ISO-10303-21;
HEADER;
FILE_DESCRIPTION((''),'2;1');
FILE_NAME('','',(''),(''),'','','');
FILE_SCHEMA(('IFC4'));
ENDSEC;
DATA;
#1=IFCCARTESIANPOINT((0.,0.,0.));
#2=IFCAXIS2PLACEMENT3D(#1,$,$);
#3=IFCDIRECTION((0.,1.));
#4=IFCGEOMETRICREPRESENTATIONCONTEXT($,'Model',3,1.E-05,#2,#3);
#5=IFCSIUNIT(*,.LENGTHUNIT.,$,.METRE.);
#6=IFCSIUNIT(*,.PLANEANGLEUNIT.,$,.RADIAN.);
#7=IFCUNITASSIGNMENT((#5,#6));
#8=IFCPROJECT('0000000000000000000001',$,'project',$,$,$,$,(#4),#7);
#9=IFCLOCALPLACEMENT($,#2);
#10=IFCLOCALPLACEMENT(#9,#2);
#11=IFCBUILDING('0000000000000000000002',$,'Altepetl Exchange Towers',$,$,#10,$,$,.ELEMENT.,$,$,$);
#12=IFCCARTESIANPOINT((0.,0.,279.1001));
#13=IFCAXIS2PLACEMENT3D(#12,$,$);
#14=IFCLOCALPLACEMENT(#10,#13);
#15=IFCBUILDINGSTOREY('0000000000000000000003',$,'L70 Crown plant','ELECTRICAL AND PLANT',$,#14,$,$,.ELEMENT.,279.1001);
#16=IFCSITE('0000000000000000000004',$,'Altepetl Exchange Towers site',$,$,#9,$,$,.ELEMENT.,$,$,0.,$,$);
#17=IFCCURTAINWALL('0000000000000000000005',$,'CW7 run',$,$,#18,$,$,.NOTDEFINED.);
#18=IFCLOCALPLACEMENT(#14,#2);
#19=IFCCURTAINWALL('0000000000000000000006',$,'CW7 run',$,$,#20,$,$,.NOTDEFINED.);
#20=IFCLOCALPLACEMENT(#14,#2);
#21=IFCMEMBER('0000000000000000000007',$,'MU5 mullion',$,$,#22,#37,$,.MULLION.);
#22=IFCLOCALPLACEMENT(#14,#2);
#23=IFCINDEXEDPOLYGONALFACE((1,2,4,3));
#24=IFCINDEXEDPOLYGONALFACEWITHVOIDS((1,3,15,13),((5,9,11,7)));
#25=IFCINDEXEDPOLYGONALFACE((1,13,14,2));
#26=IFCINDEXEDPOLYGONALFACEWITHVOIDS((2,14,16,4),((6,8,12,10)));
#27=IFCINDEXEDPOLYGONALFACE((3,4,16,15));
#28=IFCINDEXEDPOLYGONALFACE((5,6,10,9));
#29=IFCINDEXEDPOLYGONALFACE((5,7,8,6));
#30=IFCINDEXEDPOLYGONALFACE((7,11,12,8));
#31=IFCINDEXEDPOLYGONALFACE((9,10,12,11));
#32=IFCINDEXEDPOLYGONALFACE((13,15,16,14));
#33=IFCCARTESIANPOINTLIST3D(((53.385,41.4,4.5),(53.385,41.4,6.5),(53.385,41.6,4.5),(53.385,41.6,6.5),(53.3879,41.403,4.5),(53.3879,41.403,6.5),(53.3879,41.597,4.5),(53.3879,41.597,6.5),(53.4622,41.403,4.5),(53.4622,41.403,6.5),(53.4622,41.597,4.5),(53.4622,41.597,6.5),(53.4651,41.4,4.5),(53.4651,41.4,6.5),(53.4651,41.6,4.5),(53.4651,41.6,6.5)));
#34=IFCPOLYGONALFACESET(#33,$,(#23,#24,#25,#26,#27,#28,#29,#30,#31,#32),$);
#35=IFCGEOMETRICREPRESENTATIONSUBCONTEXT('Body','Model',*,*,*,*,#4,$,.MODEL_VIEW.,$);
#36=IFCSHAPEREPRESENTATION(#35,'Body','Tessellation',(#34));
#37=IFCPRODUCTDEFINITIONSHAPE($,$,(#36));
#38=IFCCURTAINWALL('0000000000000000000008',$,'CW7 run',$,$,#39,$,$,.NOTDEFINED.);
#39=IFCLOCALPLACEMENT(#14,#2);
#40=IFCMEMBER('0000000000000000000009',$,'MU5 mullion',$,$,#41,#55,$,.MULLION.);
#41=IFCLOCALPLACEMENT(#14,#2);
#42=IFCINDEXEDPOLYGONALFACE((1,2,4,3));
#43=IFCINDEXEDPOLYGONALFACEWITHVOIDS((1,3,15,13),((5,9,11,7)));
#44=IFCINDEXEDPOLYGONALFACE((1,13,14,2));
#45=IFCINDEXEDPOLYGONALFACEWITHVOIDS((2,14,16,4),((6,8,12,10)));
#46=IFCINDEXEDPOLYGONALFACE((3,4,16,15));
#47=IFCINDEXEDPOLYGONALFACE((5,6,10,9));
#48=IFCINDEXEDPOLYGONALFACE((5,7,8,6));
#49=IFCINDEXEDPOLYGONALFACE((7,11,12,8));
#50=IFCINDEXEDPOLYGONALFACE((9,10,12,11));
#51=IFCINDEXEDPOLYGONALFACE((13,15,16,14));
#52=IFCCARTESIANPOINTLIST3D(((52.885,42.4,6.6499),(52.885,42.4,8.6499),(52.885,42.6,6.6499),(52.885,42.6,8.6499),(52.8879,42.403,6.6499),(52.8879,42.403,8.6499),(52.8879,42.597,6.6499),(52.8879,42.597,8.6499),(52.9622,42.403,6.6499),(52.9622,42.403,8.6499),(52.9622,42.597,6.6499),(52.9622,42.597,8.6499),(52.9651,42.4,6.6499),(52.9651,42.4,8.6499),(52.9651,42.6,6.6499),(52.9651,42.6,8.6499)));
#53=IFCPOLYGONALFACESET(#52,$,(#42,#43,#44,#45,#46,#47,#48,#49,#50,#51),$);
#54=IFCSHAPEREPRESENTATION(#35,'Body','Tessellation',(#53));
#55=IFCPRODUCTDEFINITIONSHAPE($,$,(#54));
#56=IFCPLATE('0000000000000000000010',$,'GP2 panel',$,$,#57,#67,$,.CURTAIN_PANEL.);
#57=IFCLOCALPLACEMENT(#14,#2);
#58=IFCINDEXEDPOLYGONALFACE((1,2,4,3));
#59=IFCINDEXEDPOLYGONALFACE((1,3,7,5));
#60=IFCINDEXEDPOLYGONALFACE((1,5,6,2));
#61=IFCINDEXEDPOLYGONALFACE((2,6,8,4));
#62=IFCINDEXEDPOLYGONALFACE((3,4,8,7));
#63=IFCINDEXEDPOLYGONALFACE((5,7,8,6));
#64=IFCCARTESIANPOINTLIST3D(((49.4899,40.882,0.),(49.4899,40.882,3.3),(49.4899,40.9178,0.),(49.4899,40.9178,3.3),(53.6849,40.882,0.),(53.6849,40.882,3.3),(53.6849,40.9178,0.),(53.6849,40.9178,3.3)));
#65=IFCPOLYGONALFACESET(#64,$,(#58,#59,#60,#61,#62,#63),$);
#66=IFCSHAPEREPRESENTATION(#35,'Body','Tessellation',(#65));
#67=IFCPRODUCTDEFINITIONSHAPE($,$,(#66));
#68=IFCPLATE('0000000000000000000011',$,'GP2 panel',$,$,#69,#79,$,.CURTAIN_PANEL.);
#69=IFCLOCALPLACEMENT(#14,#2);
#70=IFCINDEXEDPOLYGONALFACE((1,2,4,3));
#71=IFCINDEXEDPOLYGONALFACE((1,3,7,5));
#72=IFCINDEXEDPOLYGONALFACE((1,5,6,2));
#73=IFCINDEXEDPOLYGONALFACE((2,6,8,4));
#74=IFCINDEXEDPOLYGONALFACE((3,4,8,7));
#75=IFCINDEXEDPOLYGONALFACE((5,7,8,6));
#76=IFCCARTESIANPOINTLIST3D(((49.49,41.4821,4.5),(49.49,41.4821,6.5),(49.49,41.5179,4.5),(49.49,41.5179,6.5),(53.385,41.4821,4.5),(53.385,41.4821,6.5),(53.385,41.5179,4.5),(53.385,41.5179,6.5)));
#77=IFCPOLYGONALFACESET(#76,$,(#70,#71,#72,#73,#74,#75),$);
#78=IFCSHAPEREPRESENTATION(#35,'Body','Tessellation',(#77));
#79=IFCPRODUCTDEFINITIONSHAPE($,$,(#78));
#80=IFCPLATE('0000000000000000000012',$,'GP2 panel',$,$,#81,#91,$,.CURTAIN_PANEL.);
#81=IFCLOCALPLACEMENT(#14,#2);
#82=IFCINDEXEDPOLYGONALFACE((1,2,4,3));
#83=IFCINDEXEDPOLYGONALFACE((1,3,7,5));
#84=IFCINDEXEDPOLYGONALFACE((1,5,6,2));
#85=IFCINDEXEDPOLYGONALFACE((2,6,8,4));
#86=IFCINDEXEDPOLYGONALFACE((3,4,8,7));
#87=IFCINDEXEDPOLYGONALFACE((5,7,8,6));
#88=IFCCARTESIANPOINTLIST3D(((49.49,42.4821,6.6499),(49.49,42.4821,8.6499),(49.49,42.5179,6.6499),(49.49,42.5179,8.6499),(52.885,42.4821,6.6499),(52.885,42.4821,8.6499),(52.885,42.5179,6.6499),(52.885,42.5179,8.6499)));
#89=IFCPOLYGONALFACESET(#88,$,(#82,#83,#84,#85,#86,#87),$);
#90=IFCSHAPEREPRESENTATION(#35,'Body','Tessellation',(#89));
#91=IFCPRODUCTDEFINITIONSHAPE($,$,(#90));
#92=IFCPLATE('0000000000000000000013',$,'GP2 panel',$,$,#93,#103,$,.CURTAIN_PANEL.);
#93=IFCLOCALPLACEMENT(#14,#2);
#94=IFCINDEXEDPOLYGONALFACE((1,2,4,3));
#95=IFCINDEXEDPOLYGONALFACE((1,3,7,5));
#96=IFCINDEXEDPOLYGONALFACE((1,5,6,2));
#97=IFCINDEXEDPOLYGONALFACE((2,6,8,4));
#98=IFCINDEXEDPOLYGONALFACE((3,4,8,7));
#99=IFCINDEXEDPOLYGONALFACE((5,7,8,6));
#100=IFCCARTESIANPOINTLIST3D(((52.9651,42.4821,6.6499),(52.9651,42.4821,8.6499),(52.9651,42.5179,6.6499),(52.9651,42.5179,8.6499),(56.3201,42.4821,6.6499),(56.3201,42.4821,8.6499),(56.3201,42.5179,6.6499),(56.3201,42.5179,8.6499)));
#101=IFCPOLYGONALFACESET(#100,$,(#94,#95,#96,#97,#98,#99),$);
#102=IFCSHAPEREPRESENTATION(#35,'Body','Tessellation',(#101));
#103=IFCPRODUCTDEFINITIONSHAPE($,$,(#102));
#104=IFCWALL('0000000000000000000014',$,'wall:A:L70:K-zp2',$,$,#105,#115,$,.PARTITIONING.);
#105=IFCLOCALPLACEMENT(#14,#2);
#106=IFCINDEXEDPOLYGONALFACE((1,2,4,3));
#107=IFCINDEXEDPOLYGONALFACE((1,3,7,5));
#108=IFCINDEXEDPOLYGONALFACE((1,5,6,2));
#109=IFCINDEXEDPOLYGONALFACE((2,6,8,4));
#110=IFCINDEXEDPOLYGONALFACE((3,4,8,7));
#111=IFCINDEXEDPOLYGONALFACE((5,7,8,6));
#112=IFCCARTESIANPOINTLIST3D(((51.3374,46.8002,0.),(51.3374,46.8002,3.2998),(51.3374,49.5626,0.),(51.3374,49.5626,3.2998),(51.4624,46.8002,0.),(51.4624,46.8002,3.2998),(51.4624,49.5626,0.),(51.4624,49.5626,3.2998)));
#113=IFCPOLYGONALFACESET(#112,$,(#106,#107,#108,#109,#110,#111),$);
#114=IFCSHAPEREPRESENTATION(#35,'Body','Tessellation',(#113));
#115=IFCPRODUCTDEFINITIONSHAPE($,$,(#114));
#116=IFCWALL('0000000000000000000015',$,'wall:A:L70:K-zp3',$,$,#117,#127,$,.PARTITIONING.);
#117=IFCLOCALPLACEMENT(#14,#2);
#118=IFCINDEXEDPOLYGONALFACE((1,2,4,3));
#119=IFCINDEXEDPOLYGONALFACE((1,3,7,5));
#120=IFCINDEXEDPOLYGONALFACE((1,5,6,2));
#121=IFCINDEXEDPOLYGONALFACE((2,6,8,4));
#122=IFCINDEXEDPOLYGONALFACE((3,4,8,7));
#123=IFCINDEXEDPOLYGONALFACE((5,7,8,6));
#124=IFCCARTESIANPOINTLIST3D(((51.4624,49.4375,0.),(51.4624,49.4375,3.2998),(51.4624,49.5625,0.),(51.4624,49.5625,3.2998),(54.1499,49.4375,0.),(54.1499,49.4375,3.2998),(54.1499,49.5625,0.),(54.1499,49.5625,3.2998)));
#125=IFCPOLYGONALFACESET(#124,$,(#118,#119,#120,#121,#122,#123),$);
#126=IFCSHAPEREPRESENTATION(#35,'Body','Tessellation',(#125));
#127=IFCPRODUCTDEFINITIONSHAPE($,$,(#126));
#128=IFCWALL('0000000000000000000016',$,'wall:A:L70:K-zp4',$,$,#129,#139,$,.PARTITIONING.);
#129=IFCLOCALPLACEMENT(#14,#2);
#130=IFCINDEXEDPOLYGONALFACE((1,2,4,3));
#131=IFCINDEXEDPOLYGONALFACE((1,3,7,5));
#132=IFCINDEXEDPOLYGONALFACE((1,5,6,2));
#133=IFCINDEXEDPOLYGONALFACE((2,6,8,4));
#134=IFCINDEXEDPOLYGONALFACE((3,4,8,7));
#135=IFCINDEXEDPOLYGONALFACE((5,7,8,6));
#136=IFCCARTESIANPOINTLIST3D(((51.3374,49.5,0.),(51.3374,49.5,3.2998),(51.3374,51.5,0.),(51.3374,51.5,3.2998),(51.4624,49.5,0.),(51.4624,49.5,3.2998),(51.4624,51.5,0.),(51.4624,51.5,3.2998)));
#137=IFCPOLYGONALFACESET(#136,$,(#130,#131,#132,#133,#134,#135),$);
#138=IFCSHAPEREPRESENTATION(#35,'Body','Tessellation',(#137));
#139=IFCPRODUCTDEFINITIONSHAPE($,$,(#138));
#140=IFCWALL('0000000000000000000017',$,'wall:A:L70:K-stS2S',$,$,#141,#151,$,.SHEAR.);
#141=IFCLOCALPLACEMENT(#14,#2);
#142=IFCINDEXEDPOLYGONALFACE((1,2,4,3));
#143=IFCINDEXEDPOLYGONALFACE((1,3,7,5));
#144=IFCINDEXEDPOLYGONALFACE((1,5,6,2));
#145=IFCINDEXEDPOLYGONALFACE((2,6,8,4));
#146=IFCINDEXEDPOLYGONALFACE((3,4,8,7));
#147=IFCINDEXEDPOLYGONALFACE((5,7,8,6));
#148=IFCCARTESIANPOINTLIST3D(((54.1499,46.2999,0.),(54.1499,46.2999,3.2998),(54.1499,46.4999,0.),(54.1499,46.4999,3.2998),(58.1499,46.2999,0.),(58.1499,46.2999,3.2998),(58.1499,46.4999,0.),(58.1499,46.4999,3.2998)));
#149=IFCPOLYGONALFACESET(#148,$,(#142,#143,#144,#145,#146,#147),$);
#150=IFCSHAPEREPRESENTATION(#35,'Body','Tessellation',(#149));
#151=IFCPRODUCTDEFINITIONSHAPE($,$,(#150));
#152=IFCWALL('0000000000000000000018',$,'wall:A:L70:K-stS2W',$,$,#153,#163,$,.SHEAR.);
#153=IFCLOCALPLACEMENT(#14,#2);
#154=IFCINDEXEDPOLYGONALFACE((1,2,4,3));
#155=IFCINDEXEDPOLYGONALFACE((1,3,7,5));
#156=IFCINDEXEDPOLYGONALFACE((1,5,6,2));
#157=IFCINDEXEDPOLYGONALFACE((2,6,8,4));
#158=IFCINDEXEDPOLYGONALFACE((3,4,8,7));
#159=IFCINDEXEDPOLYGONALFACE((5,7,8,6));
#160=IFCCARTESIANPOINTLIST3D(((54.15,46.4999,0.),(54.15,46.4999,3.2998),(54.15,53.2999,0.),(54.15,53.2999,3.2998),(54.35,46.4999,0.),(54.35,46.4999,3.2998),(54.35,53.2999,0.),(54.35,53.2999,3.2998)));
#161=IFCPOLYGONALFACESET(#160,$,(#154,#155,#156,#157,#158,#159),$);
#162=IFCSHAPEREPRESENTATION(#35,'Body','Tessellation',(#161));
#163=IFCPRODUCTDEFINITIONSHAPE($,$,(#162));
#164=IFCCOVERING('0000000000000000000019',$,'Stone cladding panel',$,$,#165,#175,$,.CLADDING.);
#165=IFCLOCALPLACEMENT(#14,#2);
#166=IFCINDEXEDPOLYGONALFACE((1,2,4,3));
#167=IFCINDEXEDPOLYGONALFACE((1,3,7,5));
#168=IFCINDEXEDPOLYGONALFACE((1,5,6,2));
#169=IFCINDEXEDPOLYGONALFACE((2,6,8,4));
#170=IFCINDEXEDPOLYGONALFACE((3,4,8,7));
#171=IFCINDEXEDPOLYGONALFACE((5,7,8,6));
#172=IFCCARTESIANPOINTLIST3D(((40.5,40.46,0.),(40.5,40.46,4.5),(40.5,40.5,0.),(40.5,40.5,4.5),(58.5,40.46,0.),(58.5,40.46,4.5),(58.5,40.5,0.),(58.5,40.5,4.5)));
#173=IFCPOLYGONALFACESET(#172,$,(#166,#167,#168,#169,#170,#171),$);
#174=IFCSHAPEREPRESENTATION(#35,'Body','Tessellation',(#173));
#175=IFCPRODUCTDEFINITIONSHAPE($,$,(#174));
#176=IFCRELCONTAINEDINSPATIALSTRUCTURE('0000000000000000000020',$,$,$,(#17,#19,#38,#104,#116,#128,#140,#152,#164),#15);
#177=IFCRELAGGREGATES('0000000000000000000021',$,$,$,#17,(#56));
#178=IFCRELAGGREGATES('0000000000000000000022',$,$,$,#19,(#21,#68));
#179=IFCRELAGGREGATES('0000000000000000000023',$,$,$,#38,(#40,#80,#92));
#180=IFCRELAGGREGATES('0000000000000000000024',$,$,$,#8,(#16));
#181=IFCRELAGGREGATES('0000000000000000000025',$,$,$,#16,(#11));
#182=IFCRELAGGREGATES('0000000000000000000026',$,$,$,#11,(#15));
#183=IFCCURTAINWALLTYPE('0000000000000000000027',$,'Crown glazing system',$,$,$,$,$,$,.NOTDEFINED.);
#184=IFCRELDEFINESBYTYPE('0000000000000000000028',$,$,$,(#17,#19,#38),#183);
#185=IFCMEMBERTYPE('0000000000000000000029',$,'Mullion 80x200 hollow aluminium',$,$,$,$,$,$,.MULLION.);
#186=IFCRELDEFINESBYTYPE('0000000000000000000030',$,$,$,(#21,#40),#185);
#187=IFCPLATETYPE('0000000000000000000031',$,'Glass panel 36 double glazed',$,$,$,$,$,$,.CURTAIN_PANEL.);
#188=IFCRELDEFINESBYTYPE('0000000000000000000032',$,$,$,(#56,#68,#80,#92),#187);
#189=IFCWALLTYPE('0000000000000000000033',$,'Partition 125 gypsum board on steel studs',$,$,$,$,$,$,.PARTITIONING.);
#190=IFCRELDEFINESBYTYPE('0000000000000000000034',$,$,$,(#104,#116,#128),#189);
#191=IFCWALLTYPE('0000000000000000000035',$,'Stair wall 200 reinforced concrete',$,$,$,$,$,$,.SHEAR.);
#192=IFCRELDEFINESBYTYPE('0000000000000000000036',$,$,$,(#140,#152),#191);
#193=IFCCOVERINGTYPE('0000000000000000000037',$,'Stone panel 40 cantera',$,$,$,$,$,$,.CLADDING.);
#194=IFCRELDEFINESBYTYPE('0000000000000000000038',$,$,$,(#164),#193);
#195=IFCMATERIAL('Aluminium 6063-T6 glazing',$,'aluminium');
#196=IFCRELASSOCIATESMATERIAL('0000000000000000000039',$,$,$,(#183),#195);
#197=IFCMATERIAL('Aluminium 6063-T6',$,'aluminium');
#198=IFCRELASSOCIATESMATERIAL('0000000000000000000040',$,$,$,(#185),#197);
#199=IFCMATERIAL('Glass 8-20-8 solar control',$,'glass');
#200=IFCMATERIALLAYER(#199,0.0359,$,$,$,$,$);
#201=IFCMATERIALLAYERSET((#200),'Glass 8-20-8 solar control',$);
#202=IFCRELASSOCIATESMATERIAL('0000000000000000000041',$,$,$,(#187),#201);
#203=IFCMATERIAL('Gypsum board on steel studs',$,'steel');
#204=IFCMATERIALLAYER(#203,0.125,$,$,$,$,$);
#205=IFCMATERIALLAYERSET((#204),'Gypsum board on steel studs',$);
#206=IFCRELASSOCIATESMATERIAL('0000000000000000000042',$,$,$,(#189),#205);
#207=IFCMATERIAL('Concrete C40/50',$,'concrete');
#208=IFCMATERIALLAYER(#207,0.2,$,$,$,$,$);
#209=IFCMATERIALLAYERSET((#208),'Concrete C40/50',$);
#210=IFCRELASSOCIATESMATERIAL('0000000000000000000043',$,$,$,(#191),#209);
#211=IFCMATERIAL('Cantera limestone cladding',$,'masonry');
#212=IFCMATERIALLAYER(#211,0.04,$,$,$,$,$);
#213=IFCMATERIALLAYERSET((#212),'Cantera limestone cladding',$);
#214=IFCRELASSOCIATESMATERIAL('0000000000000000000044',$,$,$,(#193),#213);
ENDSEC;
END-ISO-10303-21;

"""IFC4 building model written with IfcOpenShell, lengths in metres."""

from ifc_helpers import new_model, si_unit, direction, frame, frame_2d, origin, origin_2d, place, context, subcontext, project, spatial, rectangle, hollow_rectangle, extrude, material, layer, layer_set, material_profile, profile_set, type_object, element, aggregate, save


model = new_model("IFC4")

# Units and contexts
model_context = context("Model", 3, precision=1e-05, world=origin(), true_north=direction((0.0, 1.0)))
body_context = subcontext(model_context, "Body", "Model", "MODEL_VIEW")
ifc_project = project(units=[si_unit("LENGTHUNIT", "METRE"), si_unit("PLANEANGLEUNIT", "RADIAN")], contexts=[model_context])

# Site, building, storey
site_placement = place(None, origin())
site = spatial("IfcSite", under=ifc_project, at=site_placement, Name="Altepetl Exchange Towers site", CompositionType="ELEMENT", RefElevation=0.0)
building_placement = place(site_placement, origin())
building = spatial("IfcBuilding", under=site, at=building_placement, Name="Altepetl Exchange Towers", CompositionType="ELEMENT")
storey_placement = place(building_placement, frame((0.0, 0.0, 279.1001)))
storey = spatial("IfcBuildingStorey", under=building, at=storey_placement, Name="L70 Crown plant", Description="ELECTRICAL AND PLANT", CompositionType="ELEMENT", Elevation=279.1001)

# Curtain walls, members
ifc_material_1 = material(Name="Aluminium 6063-T6 glazing", Category="aluminium")
curtain_wall_type = type_object("IfcCurtainWallType", Name="Crown glazing system", PredefinedType="NOTDEFINED", material=ifc_material_1)
curtain_wall_1_placement = place(storey_placement, origin())
curtain_wall_1 = element("IfcCurtainWall", 1, at=curtain_wall_1_placement, inside=storey, type_object=curtain_wall_type, Name="CW7 run", PredefinedType="NOTDEFINED")
ifc_material_2 = material(Name="Aluminium 6063-T6", Category="aluminium")
ifc_material_profile_1 = material_profile(ifc_material_2, hollow_rectangle(XDim=0.0801, YDim=0.2, WallThickness=0.0029, at=origin_2d()), Name="Mullion 80x200 hollow aluminium")
ifc_profile_set_1 = profile_set([ifc_material_profile_1], Name="Aluminium 6063-T6")
member_type = type_object("IfcMemberType", Name="Mullion 80x200 hollow aluminium", PredefinedType="MULLION", material=ifc_profile_set_1)
curtain_wall_2_placement = place(storey_placement, origin())
curtain_wall_2 = element("IfcCurtainWall", 2, at=curtain_wall_2_placement, inside=storey, type_object=curtain_wall_type, Name="CW7 run", PredefinedType="NOTDEFINED")
member_1_placement = place(storey_placement, frame((53.425, 41.5, 4.5)))
member_1 = element("IfcMember", 3, at=member_1_placement, type_object=member_type, Name="MU5 mullion", PredefinedType="MULLION", context=body_context, shape_type="SweptSolid", body=[
    extrude(hollow_rectangle(XDim=0.0801, YDim=0.2, WallThickness=0.0029, at=origin_2d()), origin(), (0.0, 0.0, 1.0), 2.0),
])
curtain_wall_3_placement = place(storey_placement, origin())
curtain_wall_3 = element("IfcCurtainWall", 4, at=curtain_wall_3_placement, inside=storey, type_object=curtain_wall_type, Name="CW7 run", PredefinedType="NOTDEFINED")
member_2_placement = place(storey_placement, frame((52.925, 42.5, 6.6499)))
member_2 = element("IfcMember", 5, at=member_2_placement, type_object=member_type, Name="MU5 mullion", PredefinedType="MULLION", context=body_context, shape_type="SweptSolid", body=[
    extrude(hollow_rectangle(XDim=0.0801, YDim=0.2, WallThickness=0.0029, at=origin_2d()), origin(), (0.0, 0.0, 1.0), 2.0),
])

# Plates
ifc_material_3 = material(Name="Glass 8-20-8 solar control", Category="glass")
ifc_layer_1 = layer(ifc_material_3, 0.0359)
ifc_layer_set_1 = layer_set([ifc_layer_1], Name="Glass 8-20-8 solar control")
plate_type = type_object("IfcPlateType", Name="Glass panel 36 double glazed", PredefinedType="CURTAIN_PANEL", material=ifc_layer_set_1)
plate_1_placement = place(storey_placement, frame((51.5874, 40.8999, 0.0)))
plate_1 = element("IfcPlate", 6, at=plate_1_placement, type_object=plate_type, Name="GP2 panel", PredefinedType="CURTAIN_PANEL", context=body_context, shape_type="SweptSolid", body=[
    extrude(rectangle(XDim=4.1951, YDim=0.0359, at=origin_2d()), origin(), (0.0, 0.0, 1.0), 3.3),
])
aggregate(curtain_wall_1, [plate_1])
plate_2_placement = place(storey_placement, frame((51.4375, 41.5, 4.5)))
plate_2 = element("IfcPlate", 7, at=plate_2_placement, type_object=plate_type, Name="GP2 panel", PredefinedType="CURTAIN_PANEL", context=body_context, shape_type="SweptSolid", body=[
    extrude(rectangle(XDim=3.895, YDim=0.0359, at=origin_2d()), origin(), (0.0, 0.0, 1.0), 2.0),
])
aggregate(curtain_wall_2, [member_1, plate_2])
plate_3_placement = place(storey_placement, frame((51.1875, 42.5, 6.6499)))
plate_3 = element("IfcPlate", 8, at=plate_3_placement, type_object=plate_type, Name="GP2 panel", PredefinedType="CURTAIN_PANEL", context=body_context, shape_type="SweptSolid", body=[
    extrude(rectangle(XDim=3.395, YDim=0.0359, at=origin_2d()), origin(), (0.0, 0.0, 1.0), 2.0),
])
plate_4_placement = place(storey_placement, frame((54.6426, 42.5, 6.6499)))
plate_4 = element("IfcPlate", 9, at=plate_4_placement, type_object=plate_type, Name="GP2 panel", PredefinedType="CURTAIN_PANEL", context=body_context, shape_type="SweptSolid", body=[
    extrude(rectangle(XDim=3.355, YDim=0.0359, at=origin_2d()), origin(), (0.0, 0.0, 1.0), 2.0),
])
aggregate(curtain_wall_3, [member_2, plate_3, plate_4])

# Walls
ifc_material_4 = material(Name="Gypsum board on steel studs", Category="steel")
ifc_layer_2 = layer(ifc_material_4, 0.125)
ifc_layer_set_2 = layer_set([ifc_layer_2], Name="Gypsum board on steel studs")
wall_type_1 = type_object("IfcWallType", Name="Partition 125 gypsum board on steel studs", PredefinedType="PARTITIONING", material=ifc_layer_set_2)
wall_1_placement = place(storey_placement, frame((51.3999, 46.8, 0.0), z_axis=(0.0, 0.0, 1.0), x_axis=(0.0, 1.0, 0.0)))
element("IfcWall", 10, at=wall_1_placement, inside=storey, type_object=wall_type_1, Name="wall:A:L70:K-zp2", PredefinedType="PARTITIONING", context=body_context, shape_type="SweptSolid", body=[
    extrude(rectangle(XDim=2.7625, YDim=0.125, at=frame_2d((1.3813, 0.0))), origin(), (0.0, 0.0, 1.0), 3.2998),
])
wall_2_placement = place(storey_placement, frame((54.1499, 49.5, 0.0), z_axis=(0.0, 0.0, 1.0), x_axis=(-1.0, 0.0, 0.0)))
element("IfcWall", 11, at=wall_2_placement, inside=storey, type_object=wall_type_1, Name="wall:A:L70:K-zp3", PredefinedType="PARTITIONING", context=body_context, shape_type="SweptSolid", body=[
    extrude(rectangle(XDim=2.6875, YDim=0.125, at=frame_2d((1.3438, 0.0))), origin(), (0.0, 0.0, 1.0), 3.2998),
])
wall_3_placement = place(storey_placement, frame((51.3999, 49.5, 0.0), z_axis=(0.0, 0.0, 1.0), x_axis=(0.0, 1.0, 0.0)))
element("IfcWall", 12, at=wall_3_placement, inside=storey, type_object=wall_type_1, Name="wall:A:L70:K-zp4", PredefinedType="PARTITIONING", context=body_context, shape_type="SweptSolid", body=[
    extrude(rectangle(XDim=2.0, YDim=0.125, at=frame_2d((1.0, 0.0))), origin(), (0.0, 0.0, 1.0), 3.2998),
])
ifc_material_5 = material(Name="Concrete C40/50", Category="concrete")
ifc_layer_3 = layer(ifc_material_5, 0.2)
ifc_layer_set_3 = layer_set([ifc_layer_3], Name="Concrete C40/50")
wall_type_2 = type_object("IfcWallType", Name="Stair wall 200 reinforced concrete", PredefinedType="SHEAR", material=ifc_layer_set_3)
wall_4_placement = place(storey_placement, frame((54.1499, 46.3999, 0.0)))
element("IfcWall", 13, at=wall_4_placement, inside=storey, type_object=wall_type_2, Name="wall:A:L70:K-stS2S", PredefinedType="SHEAR", context=body_context, shape_type="SweptSolid", body=[
    extrude(rectangle(XDim=4.0, YDim=0.2, at=frame_2d((2.0, 0.0))), origin(), (0.0, 0.0, 1.0), 3.2998),
])
wall_5_placement = place(storey_placement, frame((54.25, 46.5, 0.0), z_axis=(0.0, 0.0, 1.0), x_axis=(0.0, 1.0, 0.0)))
element("IfcWall", 14, at=wall_5_placement, inside=storey, type_object=wall_type_2, Name="wall:A:L70:K-stS2W", PredefinedType="SHEAR", context=body_context, shape_type="SweptSolid", body=[
    extrude(rectangle(XDim=6.8, YDim=0.2, at=frame_2d((3.3999, 0.0))), origin(), (0.0, 0.0, 1.0), 3.2998),
])

# Covering
ifc_material_6 = material(Name="Cantera limestone cladding", Category="masonry")
ifc_layer_4 = layer(ifc_material_6, 0.04)
ifc_layer_set_4 = layer_set([ifc_layer_4], Name="Cantera limestone cladding")
covering_type = type_object("IfcCoveringType", Name="Stone panel 40 cantera", PredefinedType="CLADDING", material=ifc_layer_set_4)
covering_placement = place(storey_placement, frame((49.5, 40.48, 0.0)))
element("IfcCovering", 15, at=covering_placement, inside=storey, type_object=covering_type, Name="Stone cladding panel", PredefinedType="CLADDING", context=body_context, shape_type="SweptSolid", body=[
    extrude(rectangle(XDim=18.0, YDim=0.04, at=origin_2d()), origin(), (0.0, 0.0, 1.0), 4.5),
])

save(model, "model.ifc")
